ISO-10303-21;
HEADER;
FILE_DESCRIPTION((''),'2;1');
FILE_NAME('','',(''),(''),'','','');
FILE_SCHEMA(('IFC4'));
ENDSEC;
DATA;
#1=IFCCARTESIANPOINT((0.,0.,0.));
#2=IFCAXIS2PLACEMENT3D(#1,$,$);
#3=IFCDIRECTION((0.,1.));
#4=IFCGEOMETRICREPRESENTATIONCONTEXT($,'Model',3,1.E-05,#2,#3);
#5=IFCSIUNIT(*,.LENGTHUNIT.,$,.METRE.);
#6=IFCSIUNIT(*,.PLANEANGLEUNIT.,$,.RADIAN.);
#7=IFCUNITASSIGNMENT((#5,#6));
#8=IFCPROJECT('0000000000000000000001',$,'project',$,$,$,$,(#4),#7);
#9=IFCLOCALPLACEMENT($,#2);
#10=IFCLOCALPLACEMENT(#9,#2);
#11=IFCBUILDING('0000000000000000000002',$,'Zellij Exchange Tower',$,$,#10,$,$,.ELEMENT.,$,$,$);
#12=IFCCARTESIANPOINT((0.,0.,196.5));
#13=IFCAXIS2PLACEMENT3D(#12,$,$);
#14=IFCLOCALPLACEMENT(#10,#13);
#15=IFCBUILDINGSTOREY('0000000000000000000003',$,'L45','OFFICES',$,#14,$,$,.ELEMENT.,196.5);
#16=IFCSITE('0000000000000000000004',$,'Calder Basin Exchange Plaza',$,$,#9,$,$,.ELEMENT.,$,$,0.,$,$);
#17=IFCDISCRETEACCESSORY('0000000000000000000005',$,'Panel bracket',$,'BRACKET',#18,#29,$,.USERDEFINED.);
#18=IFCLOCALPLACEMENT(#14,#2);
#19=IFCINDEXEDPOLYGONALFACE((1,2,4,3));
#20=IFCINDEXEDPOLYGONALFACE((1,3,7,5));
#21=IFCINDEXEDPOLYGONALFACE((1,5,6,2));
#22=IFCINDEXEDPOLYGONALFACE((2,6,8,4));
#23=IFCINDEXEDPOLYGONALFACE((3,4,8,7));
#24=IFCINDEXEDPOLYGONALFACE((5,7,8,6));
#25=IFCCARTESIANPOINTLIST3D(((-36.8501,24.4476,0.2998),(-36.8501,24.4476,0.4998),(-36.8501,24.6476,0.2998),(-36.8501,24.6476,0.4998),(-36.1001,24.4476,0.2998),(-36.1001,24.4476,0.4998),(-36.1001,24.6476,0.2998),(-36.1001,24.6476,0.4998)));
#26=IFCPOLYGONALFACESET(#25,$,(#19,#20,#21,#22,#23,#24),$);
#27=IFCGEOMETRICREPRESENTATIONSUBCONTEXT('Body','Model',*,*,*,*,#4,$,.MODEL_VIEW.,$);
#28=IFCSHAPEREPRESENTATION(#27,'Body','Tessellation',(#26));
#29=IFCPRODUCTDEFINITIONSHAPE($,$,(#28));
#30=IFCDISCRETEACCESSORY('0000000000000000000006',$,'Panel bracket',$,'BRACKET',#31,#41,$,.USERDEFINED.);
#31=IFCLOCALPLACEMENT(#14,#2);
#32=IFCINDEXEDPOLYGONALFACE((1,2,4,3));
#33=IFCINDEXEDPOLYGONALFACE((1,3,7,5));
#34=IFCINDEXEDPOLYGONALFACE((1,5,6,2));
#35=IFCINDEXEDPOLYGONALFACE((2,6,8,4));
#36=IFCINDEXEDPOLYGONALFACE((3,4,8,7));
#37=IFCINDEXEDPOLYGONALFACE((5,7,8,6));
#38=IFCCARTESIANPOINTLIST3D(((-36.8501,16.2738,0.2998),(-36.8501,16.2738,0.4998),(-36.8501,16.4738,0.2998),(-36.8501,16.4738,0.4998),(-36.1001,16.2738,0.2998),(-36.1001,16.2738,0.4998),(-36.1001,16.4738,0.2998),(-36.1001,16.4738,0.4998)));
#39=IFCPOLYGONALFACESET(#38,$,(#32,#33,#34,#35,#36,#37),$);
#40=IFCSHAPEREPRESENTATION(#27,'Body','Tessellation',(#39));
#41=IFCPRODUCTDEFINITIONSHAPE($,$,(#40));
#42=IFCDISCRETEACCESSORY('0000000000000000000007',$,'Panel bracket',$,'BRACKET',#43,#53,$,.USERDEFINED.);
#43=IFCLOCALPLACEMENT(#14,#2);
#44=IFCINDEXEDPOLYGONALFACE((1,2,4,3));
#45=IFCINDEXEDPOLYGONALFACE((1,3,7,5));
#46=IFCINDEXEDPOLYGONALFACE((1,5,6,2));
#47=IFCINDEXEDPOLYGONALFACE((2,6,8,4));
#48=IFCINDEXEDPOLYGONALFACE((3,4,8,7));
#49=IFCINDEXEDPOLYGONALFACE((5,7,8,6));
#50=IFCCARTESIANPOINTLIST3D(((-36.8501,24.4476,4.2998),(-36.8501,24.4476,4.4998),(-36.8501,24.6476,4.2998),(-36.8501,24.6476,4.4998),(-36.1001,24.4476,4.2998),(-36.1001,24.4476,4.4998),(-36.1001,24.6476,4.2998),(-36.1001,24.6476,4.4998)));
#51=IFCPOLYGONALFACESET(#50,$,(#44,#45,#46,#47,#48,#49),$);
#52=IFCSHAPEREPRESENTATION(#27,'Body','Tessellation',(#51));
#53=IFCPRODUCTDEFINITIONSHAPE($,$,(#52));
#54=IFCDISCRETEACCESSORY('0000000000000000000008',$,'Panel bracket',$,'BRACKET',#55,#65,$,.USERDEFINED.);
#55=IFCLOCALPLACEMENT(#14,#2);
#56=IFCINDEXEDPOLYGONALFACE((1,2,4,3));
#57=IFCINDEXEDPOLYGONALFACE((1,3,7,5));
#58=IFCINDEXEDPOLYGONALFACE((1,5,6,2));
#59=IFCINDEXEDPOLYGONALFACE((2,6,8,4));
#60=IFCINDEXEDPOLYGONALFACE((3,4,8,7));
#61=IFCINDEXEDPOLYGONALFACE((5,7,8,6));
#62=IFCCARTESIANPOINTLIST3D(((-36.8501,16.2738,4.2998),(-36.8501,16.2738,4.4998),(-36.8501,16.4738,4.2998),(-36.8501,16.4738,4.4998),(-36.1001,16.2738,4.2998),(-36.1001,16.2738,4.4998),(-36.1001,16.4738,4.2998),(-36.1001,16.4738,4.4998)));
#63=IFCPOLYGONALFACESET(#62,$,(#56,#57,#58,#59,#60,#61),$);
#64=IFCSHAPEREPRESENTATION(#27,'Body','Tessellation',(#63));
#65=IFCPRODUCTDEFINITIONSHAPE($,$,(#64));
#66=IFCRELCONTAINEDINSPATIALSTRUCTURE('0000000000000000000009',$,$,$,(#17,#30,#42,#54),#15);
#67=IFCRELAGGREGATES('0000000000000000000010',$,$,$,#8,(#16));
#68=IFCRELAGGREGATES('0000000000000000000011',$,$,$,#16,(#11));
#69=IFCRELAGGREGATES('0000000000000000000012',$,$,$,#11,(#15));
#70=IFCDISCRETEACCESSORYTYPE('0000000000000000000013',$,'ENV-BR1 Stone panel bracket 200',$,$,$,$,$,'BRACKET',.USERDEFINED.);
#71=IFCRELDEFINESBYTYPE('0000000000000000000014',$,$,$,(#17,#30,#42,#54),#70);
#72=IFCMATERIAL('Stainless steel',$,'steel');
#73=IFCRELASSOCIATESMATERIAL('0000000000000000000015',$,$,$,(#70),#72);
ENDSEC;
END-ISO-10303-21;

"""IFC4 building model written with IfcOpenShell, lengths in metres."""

from ifc_helpers import new_model, si_unit, direction, frame, origin, origin_2d, place, context, subcontext, project, spatial, rectangle, extrude, material, type_object, element, save


model = new_model("IFC4")

# Units and contexts
model_context = context("Model", 3, precision=1e-05, world=origin(), true_north=direction((0.0, 1.0)))
body_context = subcontext(model_context, "Body", "Model", "MODEL_VIEW")
ifc_project = project(units=[si_unit("LENGTHUNIT", "METRE"), si_unit("PLANEANGLEUNIT", "RADIAN")], contexts=[model_context])

# Site, building, storey
site_placement = place(None, origin())
site = spatial("IfcSite", under=ifc_project, at=site_placement, Name="Calder Basin Exchange Plaza", CompositionType="ELEMENT", RefElevation=0.0)
building_placement = place(site_placement, origin())
building = spatial("IfcBuilding", under=site, at=building_placement, Name="Zellij Exchange Tower", CompositionType="ELEMENT")
storey_placement = place(building_placement, frame((0.0, 0.0, 196.5)))
storey = spatial("IfcBuildingStorey", under=building, at=storey_placement, Name="L45", Description="OFFICES", CompositionType="ELEMENT", Elevation=196.5)

# Discrete accessories
ifc_material_1 = material(Name="Stainless steel", Category="steel")
discrete_accessory_type = type_object("IfcDiscreteAccessoryType", Name="ENV-BR1 Stone panel bracket 200", ElementType="BRACKET", PredefinedType="USERDEFINED", material=ifc_material_1)
for number, where, z_axis, x_axis, name in (
    (1, (-36.4751, 24.5476, 0.2998), (0.0, 0.0, 1.0), (0.0, -1.0, 0.0), "Panel bracket"),
    (2, (-36.4751, 16.3738, 0.2998), (0.0, 0.0, 1.0), (0.0, -1.0, 0.0), "Panel bracket"),
    (3, (-36.4751, 24.5476, 4.2998), (0.0, 0.0, 1.0), (0.0, -1.0, 0.0), "Panel bracket"),
    (4, (-36.4751, 16.3738, 4.2998), (0.0, 0.0, 1.0), (0.0, -1.0, 0.0), "Panel bracket"),
):
    element("IfcDiscreteAccessory", number, at=place(storey_placement, frame(where, z_axis=z_axis, x_axis=x_axis)), inside=storey, type_object=discrete_accessory_type, Name=name, ObjectType="BRACKET", PredefinedType="USERDEFINED", context=body_context, shape_type="SweptSolid", body=[
        extrude(rectangle(XDim=0.2, YDim=0.75, at=origin_2d()), origin(), (0.0, 0.0, 1.0), 0.2),
    ])

save(model, "model.ifc")
